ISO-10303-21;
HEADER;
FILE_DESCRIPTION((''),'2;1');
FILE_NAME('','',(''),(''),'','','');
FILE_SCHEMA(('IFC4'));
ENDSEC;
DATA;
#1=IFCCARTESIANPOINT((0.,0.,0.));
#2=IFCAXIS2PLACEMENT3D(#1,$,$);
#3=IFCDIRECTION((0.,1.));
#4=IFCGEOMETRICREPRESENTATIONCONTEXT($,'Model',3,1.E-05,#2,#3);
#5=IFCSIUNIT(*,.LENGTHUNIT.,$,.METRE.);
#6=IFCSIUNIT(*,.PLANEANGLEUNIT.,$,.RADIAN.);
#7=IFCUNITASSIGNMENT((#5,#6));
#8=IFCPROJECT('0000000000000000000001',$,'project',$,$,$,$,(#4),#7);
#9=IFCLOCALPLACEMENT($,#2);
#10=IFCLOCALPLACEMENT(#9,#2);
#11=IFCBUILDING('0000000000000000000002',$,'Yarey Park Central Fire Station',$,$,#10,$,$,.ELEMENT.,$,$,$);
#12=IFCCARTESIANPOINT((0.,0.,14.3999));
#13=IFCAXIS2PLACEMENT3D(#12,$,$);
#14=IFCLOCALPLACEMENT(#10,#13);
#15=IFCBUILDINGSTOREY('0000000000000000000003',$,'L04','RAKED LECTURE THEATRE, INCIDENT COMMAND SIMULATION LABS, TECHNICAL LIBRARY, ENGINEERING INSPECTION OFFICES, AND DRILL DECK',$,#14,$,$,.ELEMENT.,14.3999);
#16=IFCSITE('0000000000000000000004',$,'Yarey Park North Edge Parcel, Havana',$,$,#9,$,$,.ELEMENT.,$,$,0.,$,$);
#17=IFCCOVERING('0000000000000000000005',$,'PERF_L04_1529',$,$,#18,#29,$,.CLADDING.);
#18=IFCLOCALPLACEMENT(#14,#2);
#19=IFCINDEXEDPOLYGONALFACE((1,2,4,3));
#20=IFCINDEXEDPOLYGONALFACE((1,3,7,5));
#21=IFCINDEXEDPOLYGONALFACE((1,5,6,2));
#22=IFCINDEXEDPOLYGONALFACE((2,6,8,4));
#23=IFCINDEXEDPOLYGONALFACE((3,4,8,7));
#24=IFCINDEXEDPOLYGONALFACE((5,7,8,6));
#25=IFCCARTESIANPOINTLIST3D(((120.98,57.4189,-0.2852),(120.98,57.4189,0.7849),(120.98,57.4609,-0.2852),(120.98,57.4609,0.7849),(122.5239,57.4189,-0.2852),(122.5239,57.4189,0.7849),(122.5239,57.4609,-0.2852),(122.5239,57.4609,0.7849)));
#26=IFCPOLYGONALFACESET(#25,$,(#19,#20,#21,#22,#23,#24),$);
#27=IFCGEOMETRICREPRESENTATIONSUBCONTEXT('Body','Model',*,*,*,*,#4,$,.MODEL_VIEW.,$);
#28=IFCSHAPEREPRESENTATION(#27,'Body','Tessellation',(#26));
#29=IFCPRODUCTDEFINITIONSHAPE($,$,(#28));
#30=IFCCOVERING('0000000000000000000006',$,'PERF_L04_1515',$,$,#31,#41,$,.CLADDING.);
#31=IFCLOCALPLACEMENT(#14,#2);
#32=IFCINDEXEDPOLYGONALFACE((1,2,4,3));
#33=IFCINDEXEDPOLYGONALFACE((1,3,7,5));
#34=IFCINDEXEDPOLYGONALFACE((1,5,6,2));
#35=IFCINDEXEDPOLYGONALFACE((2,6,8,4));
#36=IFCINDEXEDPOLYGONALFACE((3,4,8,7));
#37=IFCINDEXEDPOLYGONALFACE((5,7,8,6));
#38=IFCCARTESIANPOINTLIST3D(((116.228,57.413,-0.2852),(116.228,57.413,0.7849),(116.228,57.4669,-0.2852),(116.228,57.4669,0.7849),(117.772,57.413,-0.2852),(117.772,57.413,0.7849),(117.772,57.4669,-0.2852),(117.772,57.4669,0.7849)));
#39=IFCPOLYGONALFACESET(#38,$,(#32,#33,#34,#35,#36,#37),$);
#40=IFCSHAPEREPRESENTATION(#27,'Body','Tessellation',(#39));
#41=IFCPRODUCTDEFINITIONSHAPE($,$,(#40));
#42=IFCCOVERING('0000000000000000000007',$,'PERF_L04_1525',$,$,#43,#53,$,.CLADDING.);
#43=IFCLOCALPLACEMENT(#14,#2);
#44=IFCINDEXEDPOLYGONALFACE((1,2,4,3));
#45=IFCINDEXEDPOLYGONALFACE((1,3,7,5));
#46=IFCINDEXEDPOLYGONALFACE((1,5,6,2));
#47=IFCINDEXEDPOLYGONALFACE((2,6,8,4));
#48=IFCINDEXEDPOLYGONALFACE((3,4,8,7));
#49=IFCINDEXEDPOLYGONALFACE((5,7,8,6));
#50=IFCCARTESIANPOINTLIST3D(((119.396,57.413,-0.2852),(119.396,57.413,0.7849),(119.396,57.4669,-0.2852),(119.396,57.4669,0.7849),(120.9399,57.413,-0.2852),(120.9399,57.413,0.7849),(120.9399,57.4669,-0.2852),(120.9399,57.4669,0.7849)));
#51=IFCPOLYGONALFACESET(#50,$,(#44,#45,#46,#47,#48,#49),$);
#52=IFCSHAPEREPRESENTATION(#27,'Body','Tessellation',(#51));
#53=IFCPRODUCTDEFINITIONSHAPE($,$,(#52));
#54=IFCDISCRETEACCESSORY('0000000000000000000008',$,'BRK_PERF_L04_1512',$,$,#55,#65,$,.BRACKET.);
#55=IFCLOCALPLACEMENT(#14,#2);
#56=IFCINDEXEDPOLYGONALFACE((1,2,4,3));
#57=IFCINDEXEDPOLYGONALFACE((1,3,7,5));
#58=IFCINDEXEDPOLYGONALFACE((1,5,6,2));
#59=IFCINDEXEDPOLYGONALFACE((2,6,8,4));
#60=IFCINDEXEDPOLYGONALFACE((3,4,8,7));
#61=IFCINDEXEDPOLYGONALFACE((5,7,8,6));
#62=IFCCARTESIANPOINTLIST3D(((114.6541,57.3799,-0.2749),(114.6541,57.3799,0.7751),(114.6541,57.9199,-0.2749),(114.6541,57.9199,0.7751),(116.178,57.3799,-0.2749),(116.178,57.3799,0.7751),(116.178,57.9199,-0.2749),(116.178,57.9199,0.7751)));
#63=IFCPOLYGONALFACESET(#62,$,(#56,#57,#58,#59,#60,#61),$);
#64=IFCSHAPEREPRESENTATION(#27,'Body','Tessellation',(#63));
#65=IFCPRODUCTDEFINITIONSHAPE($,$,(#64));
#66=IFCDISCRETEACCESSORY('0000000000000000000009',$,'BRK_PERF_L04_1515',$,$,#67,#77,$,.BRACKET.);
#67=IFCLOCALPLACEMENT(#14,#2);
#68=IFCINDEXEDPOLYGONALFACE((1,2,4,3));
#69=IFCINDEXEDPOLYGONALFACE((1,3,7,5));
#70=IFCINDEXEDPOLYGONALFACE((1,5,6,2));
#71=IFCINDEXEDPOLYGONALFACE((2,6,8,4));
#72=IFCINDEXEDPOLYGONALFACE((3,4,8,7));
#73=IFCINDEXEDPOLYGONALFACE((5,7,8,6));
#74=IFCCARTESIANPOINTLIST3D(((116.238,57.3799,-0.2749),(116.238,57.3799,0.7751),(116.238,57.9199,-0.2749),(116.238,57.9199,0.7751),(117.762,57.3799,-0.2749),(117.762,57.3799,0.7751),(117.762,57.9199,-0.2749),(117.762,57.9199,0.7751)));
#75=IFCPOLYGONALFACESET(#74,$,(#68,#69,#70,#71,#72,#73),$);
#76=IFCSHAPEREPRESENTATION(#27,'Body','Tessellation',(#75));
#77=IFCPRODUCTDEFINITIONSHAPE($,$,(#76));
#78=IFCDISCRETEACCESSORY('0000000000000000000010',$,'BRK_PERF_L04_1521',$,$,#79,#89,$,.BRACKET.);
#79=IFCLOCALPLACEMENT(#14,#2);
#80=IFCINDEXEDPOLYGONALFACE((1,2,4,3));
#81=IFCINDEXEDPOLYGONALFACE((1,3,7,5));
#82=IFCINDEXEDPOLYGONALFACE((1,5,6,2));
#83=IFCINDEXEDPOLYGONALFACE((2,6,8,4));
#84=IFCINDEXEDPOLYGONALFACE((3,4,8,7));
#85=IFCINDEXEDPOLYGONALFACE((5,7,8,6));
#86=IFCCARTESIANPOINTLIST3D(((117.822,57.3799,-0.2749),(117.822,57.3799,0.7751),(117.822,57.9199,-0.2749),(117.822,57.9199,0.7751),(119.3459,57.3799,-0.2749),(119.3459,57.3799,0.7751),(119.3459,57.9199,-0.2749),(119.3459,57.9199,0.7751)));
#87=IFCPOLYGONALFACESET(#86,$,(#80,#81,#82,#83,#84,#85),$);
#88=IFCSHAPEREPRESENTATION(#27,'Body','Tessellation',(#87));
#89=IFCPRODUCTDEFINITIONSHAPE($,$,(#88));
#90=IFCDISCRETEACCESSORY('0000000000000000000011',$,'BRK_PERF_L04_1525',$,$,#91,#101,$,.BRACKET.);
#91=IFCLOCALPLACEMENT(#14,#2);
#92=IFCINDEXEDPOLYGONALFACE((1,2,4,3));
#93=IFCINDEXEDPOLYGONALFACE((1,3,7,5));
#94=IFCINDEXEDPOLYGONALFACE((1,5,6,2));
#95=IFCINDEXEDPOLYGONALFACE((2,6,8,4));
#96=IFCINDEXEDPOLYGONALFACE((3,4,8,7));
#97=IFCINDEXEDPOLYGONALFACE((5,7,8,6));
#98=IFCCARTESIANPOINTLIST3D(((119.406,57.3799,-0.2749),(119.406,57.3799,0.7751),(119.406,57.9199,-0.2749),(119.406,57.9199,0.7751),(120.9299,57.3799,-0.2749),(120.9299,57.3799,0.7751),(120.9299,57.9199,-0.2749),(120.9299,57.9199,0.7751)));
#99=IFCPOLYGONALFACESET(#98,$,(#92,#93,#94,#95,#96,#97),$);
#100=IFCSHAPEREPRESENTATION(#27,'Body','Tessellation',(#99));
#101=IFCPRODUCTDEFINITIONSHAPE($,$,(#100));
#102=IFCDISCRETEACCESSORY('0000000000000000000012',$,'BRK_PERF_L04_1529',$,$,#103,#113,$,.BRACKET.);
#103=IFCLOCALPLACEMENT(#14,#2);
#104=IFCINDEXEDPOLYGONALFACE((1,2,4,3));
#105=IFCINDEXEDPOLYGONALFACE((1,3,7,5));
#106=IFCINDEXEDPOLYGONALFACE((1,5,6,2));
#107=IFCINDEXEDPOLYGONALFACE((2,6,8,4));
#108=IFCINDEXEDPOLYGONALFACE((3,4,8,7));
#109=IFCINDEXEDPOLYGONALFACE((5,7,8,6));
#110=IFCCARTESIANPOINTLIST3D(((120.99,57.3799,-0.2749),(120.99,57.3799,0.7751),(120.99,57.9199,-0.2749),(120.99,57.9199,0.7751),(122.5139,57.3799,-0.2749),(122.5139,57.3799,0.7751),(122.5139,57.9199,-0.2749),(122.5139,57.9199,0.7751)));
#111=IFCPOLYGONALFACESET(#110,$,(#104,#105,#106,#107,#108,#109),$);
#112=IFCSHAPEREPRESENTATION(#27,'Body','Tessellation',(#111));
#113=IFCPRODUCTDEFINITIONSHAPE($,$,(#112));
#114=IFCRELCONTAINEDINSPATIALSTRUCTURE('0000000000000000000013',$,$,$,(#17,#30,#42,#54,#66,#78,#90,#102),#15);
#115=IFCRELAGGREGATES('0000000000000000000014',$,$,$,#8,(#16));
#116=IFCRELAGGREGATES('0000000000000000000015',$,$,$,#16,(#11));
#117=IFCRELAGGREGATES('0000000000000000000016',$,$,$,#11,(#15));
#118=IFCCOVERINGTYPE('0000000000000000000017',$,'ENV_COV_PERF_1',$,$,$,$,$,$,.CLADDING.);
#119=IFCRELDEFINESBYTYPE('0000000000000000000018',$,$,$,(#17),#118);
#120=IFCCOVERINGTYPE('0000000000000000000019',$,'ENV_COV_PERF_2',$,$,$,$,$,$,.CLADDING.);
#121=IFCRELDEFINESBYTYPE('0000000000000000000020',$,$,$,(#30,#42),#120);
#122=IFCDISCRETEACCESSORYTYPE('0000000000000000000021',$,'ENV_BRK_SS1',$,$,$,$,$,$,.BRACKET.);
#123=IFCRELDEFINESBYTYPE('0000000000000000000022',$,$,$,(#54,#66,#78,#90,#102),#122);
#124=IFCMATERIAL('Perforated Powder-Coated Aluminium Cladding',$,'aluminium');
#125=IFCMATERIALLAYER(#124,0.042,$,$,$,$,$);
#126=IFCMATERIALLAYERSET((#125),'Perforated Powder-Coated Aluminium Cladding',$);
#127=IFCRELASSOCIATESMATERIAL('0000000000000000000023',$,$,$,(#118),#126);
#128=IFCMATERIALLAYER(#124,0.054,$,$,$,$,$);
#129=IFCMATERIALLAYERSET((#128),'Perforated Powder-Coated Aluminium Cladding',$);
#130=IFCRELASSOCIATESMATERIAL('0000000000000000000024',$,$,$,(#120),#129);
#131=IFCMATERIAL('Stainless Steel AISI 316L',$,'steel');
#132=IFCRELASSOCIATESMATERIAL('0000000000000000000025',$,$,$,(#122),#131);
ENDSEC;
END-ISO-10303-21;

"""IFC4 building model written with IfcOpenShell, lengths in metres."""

from ifc_helpers import new_model, si_unit, direction, frame, origin, origin_2d, place, context, subcontext, project, spatial, rectangle, extrude, material, layer, layer_set, type_object, element, save


model = new_model("IFC4")

# Units and contexts
model_context = context("Model", 3, precision=1e-05, world=origin(), true_north=direction((0.0, 1.0)))
body_context = subcontext(model_context, "Body", "Model", "MODEL_VIEW")
ifc_project = project(units=[si_unit("LENGTHUNIT", "METRE"), si_unit("PLANEANGLEUNIT", "RADIAN")], contexts=[model_context])

# Site, building, storey
site_placement = place(None, origin())
site = spatial("IfcSite", under=ifc_project, at=site_placement, Name="Yarey Park North Edge Parcel, Havana", CompositionType="ELEMENT", RefElevation=0.0)
building_placement = place(site_placement, origin())
building = spatial("IfcBuilding", under=site, at=building_placement, Name="Yarey Park Central Fire Station", CompositionType="ELEMENT")
storey_placement = place(building_placement, frame((0.0, 0.0, 14.3999)))
storey = spatial("IfcBuildingStorey", under=building, at=storey_placement, Name="L04", Description="RAKED LECTURE THEATRE, INCIDENT COMMAND SIMULATION LABS, TECHNICAL LIBRARY, ENGINEERING INSPECTION OFFICES, AND DRILL DECK", CompositionType="ELEMENT", Elevation=14.3999)

# Coverings
ifc_material_1 = material(Name="Perforated Powder-Coated Aluminium Cladding", Category="aluminium")
ifc_layer_1 = layer(ifc_material_1, 0.042)
ifc_layer_set_1 = layer_set([ifc_layer_1], Name="Perforated Powder-Coated Aluminium Cladding")
covering_type_1 = type_object("IfcCoveringType", Name="ENV_COV_PERF_1", PredefinedType="CLADDING", material=ifc_layer_set_1)
for number, where, z_axis, x_axis, name in (
    (1, (121.752, 57.4399, -0.2852), (0.0, 0.0, 1.0), (1.0, 0.0, 0.0), "PERF_L04_1529"),
):
    element("IfcCovering", number, at=place(storey_placement, frame(where, z_axis=z_axis, x_axis=x_axis)), inside=storey, type_object=covering_type_1, Name=name, PredefinedType="CLADDING", context=body_context, shape_type="SweptSolid", body=[
        extrude(rectangle(XDim=1.5439, YDim=0.042, at=origin_2d()), origin(), (0.0, 0.0, 1.0), 1.0701),
    ])
ifc_layer_2 = layer(ifc_material_1, 0.054)
ifc_layer_set_2 = layer_set([ifc_layer_2], Name="Perforated Powder-Coated Aluminium Cladding")
covering_type_2 = type_object("IfcCoveringType", Name="ENV_COV_PERF_2", PredefinedType="CLADDING", material=ifc_layer_set_2)
for number, where, z_axis, x_axis, name in (
    (2, (117.0, 57.4399, -0.2852), (0.0, 0.0, 1.0), (1.0, 0.0, 0.0), "PERF_L04_1515"),
    (3, (120.168, 57.4399, -0.2852), (0.0, 0.0, 1.0), (1.0, 0.0, 0.0), "PERF_L04_1525"),
):
    element("IfcCovering", number, at=place(storey_placement, frame(where, z_axis=z_axis, x_axis=x_axis)), inside=storey, type_object=covering_type_2, Name=name, PredefinedType="CLADDING", context=body_context, shape_type="SweptSolid", body=[
        extrude(rectangle(XDim=1.5439, YDim=0.054, at=origin_2d()), origin(), (0.0, 0.0, 1.0), 1.0701),
    ])

# Discrete accessories
ifc_material_2 = material(Name="Stainless Steel AISI 316L", Category="steel")
discrete_accessory_type = type_object("IfcDiscreteAccessoryType", Name="ENV_BRK_SS1", PredefinedType="BRACKET", material=ifc_material_2)
for number, where, z_axis, x_axis, name in (
    (4, (115.416, 57.6499, -0.2749), (0.0, 0.0, 1.0), (1.0, 0.0, 0.0), "BRK_PERF_L04_1512"),
    (5, (117.0, 57.6499, -0.2749), (0.0, 0.0, 1.0), (1.0, 0.0, 0.0), "BRK_PERF_L04_1515"),
    (6, (118.584, 57.6499, -0.2749), (0.0, 0.0, 1.0), (1.0, 0.0, 0.0), "BRK_PERF_L04_1521"),
    (7, (120.168, 57.6499, -0.2749), (0.0, 0.0, 1.0), (1.0, 0.0, 0.0), "BRK_PERF_L04_1525"),
    (8, (121.752, 57.6499, -0.2749), (0.0, 0.0, 1.0), (1.0, 0.0, 0.0), "BRK_PERF_L04_1529"),
):
    element("IfcDiscreteAccessory", number, at=place(storey_placement, frame(where, z_axis=z_axis, x_axis=x_axis)), inside=storey, type_object=discrete_accessory_type, Name=name, PredefinedType="BRACKET", context=body_context, shape_type="SweptSolid", body=[
        extrude(rectangle(XDim=1.5239, YDim=0.54, at=origin_2d()), origin(), (0.0, 0.0, 1.0), 1.05),
    ])

save(model, "model.ifc")
